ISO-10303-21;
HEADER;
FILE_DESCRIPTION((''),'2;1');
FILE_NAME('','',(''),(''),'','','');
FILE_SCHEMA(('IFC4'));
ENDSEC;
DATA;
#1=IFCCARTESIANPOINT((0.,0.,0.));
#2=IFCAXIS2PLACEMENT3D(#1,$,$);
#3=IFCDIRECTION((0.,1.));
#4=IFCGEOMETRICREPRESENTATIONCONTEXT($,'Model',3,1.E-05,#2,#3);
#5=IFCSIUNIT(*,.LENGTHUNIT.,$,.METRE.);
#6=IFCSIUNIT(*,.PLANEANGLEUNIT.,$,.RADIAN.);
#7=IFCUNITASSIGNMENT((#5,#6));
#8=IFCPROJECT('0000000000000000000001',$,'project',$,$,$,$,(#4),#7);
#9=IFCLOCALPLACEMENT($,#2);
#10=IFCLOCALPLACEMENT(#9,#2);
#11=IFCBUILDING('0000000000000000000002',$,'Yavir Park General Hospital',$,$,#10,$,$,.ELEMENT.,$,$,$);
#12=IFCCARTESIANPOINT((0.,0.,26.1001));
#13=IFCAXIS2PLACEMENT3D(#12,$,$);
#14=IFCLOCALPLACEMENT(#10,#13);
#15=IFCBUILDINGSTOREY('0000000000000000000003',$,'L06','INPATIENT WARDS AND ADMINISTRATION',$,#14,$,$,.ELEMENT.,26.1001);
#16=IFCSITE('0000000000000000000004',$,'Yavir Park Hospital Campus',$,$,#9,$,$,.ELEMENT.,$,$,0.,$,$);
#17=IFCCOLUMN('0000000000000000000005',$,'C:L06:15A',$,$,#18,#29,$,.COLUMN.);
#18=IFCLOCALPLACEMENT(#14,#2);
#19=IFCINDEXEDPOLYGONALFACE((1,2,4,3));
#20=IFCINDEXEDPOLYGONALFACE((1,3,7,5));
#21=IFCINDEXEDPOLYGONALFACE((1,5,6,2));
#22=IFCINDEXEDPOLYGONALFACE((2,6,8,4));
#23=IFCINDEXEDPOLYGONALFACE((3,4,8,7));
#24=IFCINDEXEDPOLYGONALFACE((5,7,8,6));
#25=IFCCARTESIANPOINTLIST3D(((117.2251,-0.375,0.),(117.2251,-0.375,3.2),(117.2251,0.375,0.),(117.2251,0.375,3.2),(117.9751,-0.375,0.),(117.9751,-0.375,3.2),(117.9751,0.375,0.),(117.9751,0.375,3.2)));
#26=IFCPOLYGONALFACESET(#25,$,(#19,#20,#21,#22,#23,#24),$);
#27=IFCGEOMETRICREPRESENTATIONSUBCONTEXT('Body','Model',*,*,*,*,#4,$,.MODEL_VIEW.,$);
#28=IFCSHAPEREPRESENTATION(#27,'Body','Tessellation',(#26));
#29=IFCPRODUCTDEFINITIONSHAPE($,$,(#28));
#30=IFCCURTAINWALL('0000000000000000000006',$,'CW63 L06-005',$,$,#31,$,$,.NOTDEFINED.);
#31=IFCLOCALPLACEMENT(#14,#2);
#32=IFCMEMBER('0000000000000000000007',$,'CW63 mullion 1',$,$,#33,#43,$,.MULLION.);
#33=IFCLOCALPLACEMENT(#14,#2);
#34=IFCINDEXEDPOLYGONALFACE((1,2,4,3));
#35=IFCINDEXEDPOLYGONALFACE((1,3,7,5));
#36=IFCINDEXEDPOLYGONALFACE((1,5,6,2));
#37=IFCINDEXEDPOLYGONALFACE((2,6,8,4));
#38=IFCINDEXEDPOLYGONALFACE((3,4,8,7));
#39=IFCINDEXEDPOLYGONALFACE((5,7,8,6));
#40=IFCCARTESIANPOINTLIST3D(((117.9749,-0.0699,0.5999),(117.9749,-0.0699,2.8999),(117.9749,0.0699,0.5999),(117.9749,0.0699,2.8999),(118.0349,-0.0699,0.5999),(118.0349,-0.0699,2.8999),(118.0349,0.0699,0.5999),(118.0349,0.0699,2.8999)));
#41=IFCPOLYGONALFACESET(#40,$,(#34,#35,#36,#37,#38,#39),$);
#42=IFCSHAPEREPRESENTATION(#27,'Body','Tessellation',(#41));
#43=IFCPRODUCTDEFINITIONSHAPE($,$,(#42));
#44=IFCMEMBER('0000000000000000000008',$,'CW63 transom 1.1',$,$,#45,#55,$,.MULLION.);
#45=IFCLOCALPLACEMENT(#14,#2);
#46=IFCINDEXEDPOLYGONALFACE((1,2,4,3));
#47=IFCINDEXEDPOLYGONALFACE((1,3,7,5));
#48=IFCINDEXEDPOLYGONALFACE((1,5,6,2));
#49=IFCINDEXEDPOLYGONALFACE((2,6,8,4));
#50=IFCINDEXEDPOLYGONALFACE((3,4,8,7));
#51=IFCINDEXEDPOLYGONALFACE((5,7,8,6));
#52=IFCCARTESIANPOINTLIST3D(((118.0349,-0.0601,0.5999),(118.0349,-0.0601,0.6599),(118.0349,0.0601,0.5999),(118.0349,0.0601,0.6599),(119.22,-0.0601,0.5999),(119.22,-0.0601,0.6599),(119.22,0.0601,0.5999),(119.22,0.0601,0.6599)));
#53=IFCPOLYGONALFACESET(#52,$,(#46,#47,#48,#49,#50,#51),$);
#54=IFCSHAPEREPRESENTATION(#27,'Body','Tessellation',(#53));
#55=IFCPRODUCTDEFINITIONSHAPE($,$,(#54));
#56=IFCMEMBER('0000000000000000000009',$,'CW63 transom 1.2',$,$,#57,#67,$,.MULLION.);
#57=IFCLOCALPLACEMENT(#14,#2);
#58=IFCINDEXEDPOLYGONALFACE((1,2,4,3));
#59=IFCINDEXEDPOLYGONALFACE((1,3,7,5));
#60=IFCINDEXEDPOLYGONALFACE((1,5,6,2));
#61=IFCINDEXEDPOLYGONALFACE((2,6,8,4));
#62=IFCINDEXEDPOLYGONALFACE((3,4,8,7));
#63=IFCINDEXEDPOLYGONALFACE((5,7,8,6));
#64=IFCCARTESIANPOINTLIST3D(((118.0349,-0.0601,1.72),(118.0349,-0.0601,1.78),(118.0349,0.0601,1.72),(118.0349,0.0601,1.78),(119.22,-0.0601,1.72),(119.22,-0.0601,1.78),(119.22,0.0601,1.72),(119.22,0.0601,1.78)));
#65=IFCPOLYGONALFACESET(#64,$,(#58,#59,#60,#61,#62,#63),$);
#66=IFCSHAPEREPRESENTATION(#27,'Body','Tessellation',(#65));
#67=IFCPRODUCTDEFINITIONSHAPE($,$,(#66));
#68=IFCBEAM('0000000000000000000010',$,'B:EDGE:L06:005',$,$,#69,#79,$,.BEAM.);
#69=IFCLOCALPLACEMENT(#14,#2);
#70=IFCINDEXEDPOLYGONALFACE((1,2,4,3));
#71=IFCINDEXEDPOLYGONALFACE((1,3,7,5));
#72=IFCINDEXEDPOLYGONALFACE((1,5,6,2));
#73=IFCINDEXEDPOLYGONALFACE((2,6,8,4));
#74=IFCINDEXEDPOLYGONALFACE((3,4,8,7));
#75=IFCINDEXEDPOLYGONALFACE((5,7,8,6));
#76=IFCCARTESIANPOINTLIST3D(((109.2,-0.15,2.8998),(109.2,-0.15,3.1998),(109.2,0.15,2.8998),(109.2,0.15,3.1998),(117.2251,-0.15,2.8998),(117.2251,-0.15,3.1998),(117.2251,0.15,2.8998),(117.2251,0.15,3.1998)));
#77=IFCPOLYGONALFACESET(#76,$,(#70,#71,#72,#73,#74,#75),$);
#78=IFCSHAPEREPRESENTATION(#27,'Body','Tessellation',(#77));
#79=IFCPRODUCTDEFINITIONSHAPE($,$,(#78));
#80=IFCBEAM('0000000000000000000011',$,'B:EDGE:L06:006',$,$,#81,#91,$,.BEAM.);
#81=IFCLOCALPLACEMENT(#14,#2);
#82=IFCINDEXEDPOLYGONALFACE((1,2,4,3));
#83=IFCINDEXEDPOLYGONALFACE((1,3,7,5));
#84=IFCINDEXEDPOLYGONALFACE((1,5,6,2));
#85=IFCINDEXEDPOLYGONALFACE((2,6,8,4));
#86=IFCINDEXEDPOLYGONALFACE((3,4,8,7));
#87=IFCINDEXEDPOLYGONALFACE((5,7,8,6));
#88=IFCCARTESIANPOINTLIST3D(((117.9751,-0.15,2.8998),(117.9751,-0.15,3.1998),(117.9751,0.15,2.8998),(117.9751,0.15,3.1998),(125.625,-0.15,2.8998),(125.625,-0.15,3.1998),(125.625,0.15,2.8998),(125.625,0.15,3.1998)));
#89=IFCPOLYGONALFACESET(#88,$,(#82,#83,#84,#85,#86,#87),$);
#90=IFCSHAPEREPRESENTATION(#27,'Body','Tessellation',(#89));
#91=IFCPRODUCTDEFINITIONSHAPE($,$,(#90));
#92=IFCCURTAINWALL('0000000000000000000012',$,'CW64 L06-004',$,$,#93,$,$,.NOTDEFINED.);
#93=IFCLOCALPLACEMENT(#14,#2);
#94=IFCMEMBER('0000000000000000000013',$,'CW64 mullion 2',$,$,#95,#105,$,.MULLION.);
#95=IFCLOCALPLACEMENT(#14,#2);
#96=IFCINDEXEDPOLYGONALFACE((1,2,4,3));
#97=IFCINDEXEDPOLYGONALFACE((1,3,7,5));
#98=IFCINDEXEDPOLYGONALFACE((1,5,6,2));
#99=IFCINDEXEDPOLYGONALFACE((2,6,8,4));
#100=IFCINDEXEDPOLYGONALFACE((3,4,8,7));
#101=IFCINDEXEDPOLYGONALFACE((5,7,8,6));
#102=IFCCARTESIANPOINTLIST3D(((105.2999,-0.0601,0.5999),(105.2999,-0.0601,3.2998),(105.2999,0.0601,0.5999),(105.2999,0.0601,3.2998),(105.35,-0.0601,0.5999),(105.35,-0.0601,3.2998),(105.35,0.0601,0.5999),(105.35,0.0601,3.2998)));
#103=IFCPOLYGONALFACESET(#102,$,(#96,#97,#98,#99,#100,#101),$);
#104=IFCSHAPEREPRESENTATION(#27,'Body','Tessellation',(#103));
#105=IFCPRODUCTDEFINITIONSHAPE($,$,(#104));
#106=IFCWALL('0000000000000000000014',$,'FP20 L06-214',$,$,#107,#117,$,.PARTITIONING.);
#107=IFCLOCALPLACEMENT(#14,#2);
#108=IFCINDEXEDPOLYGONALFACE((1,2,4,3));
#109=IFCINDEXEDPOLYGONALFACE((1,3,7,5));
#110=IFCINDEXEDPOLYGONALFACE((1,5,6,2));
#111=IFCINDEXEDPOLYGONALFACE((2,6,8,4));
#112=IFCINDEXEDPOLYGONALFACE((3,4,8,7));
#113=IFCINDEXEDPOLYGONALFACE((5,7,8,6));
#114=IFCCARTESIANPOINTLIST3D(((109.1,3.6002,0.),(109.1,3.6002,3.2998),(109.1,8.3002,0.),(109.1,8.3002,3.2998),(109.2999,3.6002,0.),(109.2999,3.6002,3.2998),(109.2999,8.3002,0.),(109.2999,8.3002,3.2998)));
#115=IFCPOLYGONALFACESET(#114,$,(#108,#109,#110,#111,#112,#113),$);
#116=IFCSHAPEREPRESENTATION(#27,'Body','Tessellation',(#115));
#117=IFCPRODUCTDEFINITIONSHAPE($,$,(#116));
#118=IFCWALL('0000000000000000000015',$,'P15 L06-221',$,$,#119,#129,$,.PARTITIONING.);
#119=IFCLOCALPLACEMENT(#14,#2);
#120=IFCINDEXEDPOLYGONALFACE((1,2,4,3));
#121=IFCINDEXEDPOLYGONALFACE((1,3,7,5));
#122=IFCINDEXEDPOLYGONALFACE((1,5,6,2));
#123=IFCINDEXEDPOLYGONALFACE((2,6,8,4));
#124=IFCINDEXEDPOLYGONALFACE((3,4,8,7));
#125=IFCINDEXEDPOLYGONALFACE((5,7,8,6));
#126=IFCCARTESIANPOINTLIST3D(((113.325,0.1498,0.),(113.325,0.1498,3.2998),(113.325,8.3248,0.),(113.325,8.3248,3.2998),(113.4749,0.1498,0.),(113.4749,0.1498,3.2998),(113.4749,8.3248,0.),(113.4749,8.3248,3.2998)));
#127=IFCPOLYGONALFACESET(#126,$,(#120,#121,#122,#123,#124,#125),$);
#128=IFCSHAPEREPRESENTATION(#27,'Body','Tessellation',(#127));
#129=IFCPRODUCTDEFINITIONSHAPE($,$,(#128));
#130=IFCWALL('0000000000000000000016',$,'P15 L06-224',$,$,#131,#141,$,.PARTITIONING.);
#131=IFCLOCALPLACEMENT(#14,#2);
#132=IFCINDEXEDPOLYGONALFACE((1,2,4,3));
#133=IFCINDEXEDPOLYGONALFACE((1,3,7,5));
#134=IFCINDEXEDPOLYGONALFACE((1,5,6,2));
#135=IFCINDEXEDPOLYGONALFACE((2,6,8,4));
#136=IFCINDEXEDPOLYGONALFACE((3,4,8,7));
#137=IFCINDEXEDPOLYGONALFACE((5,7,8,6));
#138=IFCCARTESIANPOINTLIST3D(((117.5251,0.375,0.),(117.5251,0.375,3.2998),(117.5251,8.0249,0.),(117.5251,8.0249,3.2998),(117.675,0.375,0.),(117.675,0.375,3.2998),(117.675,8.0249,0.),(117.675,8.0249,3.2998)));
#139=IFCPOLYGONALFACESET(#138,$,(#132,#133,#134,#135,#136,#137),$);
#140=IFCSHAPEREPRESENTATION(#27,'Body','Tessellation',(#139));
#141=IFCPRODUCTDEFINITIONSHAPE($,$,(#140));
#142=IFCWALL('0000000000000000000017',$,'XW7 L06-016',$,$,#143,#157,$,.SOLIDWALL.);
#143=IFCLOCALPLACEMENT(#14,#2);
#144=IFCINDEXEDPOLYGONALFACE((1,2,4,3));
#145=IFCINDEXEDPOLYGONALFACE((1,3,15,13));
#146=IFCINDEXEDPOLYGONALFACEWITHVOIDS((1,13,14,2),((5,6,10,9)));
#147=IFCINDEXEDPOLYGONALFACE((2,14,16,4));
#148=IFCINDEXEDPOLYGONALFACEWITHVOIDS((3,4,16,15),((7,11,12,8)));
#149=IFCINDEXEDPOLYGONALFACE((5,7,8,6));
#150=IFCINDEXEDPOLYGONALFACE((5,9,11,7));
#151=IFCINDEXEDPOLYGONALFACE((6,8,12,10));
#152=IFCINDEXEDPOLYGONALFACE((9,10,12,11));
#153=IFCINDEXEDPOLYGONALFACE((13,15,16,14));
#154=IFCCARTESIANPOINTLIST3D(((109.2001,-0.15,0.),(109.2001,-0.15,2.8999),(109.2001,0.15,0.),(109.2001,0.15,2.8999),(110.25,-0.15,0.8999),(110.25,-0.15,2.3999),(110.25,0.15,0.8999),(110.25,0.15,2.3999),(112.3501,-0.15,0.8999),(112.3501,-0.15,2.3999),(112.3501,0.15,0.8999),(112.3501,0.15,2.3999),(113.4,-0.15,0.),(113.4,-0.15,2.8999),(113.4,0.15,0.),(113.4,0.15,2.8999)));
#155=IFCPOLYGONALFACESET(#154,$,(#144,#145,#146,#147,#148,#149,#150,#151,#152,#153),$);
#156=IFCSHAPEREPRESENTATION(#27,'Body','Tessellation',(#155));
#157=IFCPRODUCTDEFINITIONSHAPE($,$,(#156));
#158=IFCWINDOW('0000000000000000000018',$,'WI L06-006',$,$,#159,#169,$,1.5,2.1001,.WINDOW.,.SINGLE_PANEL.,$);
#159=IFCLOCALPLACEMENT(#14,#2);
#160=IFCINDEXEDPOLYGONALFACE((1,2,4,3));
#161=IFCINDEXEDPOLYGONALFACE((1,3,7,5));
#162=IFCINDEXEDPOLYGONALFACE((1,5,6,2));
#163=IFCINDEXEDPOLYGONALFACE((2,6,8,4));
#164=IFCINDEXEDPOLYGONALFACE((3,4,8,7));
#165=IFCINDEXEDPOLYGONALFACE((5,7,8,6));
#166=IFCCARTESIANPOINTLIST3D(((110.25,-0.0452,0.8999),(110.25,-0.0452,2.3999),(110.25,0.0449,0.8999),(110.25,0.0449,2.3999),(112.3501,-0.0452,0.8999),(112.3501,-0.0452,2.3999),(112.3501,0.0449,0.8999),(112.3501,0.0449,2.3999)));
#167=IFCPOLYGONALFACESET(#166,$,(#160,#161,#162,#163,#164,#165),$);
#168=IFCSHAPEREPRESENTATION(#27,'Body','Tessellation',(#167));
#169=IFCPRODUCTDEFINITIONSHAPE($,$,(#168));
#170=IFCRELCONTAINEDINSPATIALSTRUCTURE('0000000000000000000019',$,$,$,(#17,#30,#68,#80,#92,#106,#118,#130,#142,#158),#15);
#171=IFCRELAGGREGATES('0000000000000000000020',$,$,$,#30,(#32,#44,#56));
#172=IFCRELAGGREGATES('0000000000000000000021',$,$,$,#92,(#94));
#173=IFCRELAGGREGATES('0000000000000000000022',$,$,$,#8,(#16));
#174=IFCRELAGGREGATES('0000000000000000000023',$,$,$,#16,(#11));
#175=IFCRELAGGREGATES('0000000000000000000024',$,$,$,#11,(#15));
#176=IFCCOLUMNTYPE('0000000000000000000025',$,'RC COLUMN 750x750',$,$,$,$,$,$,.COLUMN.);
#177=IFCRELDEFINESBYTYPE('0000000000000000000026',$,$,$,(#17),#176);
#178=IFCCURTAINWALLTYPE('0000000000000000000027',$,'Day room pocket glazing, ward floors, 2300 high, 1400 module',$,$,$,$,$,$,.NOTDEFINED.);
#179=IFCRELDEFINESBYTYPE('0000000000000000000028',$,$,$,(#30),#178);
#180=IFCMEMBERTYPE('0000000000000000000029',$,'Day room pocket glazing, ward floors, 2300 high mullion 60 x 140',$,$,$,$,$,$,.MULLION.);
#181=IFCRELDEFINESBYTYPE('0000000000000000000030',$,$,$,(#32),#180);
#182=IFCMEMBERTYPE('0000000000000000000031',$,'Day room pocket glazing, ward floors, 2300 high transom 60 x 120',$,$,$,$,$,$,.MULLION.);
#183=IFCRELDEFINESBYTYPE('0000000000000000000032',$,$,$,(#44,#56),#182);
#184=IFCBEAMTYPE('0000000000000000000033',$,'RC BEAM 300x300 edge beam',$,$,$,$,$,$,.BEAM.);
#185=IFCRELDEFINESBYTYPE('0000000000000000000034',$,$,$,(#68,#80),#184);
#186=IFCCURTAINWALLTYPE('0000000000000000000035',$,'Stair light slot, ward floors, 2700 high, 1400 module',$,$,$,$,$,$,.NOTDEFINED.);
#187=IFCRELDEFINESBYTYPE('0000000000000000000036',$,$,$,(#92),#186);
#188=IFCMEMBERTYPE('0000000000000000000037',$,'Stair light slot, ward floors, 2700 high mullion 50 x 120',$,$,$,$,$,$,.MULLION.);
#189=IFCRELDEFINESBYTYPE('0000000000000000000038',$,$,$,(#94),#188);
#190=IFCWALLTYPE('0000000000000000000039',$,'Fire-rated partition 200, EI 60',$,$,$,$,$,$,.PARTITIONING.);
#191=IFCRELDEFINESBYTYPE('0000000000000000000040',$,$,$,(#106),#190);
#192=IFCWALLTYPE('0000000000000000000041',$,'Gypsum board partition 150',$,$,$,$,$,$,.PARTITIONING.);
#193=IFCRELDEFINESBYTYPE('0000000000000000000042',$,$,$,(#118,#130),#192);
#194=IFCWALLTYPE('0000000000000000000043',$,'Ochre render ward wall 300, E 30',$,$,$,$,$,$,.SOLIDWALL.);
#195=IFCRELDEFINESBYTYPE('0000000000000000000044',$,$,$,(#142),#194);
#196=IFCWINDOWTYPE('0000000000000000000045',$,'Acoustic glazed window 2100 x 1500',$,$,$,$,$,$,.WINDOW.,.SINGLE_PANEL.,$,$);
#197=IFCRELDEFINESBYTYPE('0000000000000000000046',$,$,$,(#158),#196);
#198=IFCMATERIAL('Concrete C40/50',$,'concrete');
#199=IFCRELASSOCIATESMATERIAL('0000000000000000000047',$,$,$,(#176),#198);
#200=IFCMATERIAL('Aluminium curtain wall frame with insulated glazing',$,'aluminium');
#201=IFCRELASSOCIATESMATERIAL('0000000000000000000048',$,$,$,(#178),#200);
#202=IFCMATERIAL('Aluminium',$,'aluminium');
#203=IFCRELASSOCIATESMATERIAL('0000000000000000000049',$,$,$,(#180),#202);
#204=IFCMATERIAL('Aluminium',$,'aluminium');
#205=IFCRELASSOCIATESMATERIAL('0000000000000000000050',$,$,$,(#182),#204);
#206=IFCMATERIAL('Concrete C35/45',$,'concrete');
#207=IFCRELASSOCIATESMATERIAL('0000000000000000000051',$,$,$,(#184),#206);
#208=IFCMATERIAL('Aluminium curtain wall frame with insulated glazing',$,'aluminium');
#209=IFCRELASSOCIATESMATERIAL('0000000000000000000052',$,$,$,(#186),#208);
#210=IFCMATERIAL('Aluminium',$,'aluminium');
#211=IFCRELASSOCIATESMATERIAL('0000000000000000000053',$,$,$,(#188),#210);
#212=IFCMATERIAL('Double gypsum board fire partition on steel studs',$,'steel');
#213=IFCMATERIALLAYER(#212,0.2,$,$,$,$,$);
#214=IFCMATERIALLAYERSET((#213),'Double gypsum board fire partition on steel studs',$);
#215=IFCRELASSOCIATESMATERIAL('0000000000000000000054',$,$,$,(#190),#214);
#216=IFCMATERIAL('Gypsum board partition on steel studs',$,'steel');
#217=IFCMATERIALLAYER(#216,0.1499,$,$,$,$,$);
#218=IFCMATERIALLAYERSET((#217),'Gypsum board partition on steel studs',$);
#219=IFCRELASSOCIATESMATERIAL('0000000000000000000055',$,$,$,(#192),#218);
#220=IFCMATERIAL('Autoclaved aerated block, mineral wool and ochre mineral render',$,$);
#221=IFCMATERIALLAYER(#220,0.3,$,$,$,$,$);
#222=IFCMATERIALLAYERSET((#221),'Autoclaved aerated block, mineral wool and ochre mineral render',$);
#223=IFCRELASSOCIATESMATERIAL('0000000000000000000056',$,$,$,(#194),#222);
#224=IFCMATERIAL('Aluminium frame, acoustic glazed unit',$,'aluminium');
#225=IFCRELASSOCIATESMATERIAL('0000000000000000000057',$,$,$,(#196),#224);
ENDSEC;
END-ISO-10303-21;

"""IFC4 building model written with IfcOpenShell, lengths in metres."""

from ifc_helpers import new_model, si_unit, direction, frame, frame_2d, origin, origin_2d, place, context, subcontext, project, spatial, rectangle, extrude, material, layer, layer_set, material_profile, profile_set, type_object, element, fill, aggregate, save


model = new_model("IFC4")

# Units and contexts
model_context = context("Model", 3, precision=1e-05, world=origin(), true_north=direction((0.0, 1.0)))
body_context = subcontext(model_context, "Body", "Model", "MODEL_VIEW")
ifc_project = project(units=[si_unit("LENGTHUNIT", "METRE"), si_unit("PLANEANGLEUNIT", "RADIAN")], contexts=[model_context])

# Site, building, storey
site_placement = place(None, origin())
site = spatial("IfcSite", under=ifc_project, at=site_placement, Name="Yavir Park Hospital Campus", CompositionType="ELEMENT", RefElevation=0.0)
building_placement = place(site_placement, origin())
building = spatial("IfcBuilding", under=site, at=building_placement, Name="Yavir Park General Hospital", CompositionType="ELEMENT")
storey_placement = place(building_placement, frame((0.0, 0.0, 26.1001)))
storey = spatial("IfcBuildingStorey", under=building, at=storey_placement, Name="L06", Description="INPATIENT WARDS AND ADMINISTRATION", CompositionType="ELEMENT", Elevation=26.1001)

# Column
ifc_material_1 = material(Name="Concrete C40/50", Category="concrete")
ifc_material_profile_1 = material_profile(ifc_material_1, rectangle(XDim=0.75, YDim=0.75, at=origin_2d()), Name="RC750x750")
ifc_profile_set_1 = profile_set([ifc_material_profile_1], Name="Concrete C40/50")
column_type = type_object("IfcColumnType", Name="RC COLUMN 750x750", PredefinedType="COLUMN", material=ifc_profile_set_1)
column_placement = place(storey_placement, frame((117.6001, 0.0, 0.0), z_axis=(0.0, 0.0, 1.0), x_axis=(1.0, 0.0, 0.0)))
element("IfcColumn", 1, at=column_placement, inside=storey, type_object=column_type, Name="C:L06:15A", PredefinedType="COLUMN", context=body_context, shape_type="SweptSolid", body=[
    extrude(rectangle(XDim=0.75, YDim=0.75, at=origin_2d()), origin(), (0.0, 0.0, 1.0), 3.2),
])

# Curtain wall, members
ifc_material_2 = material(Name="Aluminium curtain wall frame with insulated glazing", Category="aluminium")
curtain_wall_type_1 = type_object("IfcCurtainWallType", Name="Day room pocket glazing, ward floors, 2300 high, 1400 module", PredefinedType="NOTDEFINED", material=ifc_material_2)
curtain_wall_1_placement = place(storey_placement, origin())
curtain_wall_1 = element("IfcCurtainWall", 2, at=curtain_wall_1_placement, inside=storey, type_object=curtain_wall_type_1, Name="CW63 L06-005", PredefinedType="NOTDEFINED")
ifc_material_3 = material(Name="Aluminium", Category="aluminium")
ifc_material_profile_2 = material_profile(ifc_material_3, rectangle(XDim=0.1399, YDim=0.0601, at=origin_2d()), Name="AL 60x140")
ifc_profile_set_2 = profile_set([ifc_material_profile_2], Name="Aluminium")
member_type_1 = type_object("IfcMemberType", Name="Day room pocket glazing, ward floors, 2300 high mullion 60 x 140", PredefinedType="MULLION", material=ifc_profile_set_2)
member_1_placement = place(storey_placement, frame((118.0049, 0.0, 0.5999), z_axis=(0.0, 0.0, 1.0), x_axis=(0.0, 1.0, 0.0)))
member_1 = element("IfcMember", 3, at=member_1_placement, type_object=member_type_1, Name="CW63 mullion 1", PredefinedType="MULLION", context=body_context, shape_type="SweptSolid", body=[
    extrude(rectangle(XDim=0.1399, YDim=0.0601, at=origin_2d()), origin(), (0.0, 0.0, 1.0), 2.3),
])
ifc_material_4 = material(Name="Aluminium", Category="aluminium")
ifc_material_profile_3 = material_profile(ifc_material_4, rectangle(XDim=0.1201, YDim=0.0601, at=origin_2d()), Name="AL 120x60")
ifc_profile_set_3 = profile_set([ifc_material_profile_3], Name="Aluminium")
member_type_2 = type_object("IfcMemberType", Name="Day room pocket glazing, ward floors, 2300 high transom 60 x 120", PredefinedType="MULLION", material=ifc_profile_set_3)
member_2_placement = place(storey_placement, frame((118.0349, 0.0, 0.6299), z_axis=(1.0, 0.0, 0.0), x_axis=(0.0, 1.0, 0.0)))
member_2 = element("IfcMember", 4, at=member_2_placement, type_object=member_type_2, Name="CW63 transom 1.1", PredefinedType="MULLION", context=body_context, shape_type="SweptSolid", body=[
    extrude(rectangle(XDim=0.1201, YDim=0.0601, at=origin_2d()), origin(), (0.0, 0.0, 1.0), 1.1851),
])
member_3_placement = place(storey_placement, frame((118.0349, 0.0, 1.75), z_axis=(1.0, 0.0, 0.0), x_axis=(0.0, 1.0, 0.0)))
member_3 = element("IfcMember", 5, at=member_3_placement, type_object=member_type_2, Name="CW63 transom 1.2", PredefinedType="MULLION", context=body_context, shape_type="SweptSolid", body=[
    extrude(rectangle(XDim=0.1201, YDim=0.0601, at=origin_2d()), origin(), (0.0, 0.0, 1.0), 1.1851),
])
aggregate(curtain_wall_1, [member_1, member_2, member_3])

# Beams
ifc_material_5 = material(Name="Concrete C35/45", Category="concrete")
ifc_material_profile_4 = material_profile(ifc_material_5, rectangle(XDim=0.3, YDim=0.3, at=origin_2d()), Name="RC300x300")
ifc_profile_set_4 = profile_set([ifc_material_profile_4], Name="Concrete C35/45")
beam_type = type_object("IfcBeamType", Name="RC BEAM 300x300 edge beam", PredefinedType="BEAM", material=ifc_profile_set_4)
beam_1_placement = place(storey_placement, frame((109.2, 0.0, 3.0498), z_axis=(1.0, 0.0, 0.0), x_axis=(0.0, 1.0, 0.0)))
element("IfcBeam", 6, at=beam_1_placement, inside=storey, type_object=beam_type, Name="B:EDGE:L06:005", PredefinedType="BEAM", context=body_context, shape_type="SweptSolid", body=[
    extrude(rectangle(XDim=0.3, YDim=0.3, at=origin_2d()), origin(), (0.0, 0.0, 1.0), 8.0251),
])
beam_2_placement = place(storey_placement, frame((117.9751, 0.0, 3.0498), z_axis=(1.0, 0.0, 0.0), x_axis=(0.0, 1.0, 0.0)))
element("IfcBeam", 7, at=beam_2_placement, inside=storey, type_object=beam_type, Name="B:EDGE:L06:006", PredefinedType="BEAM", context=body_context, shape_type="SweptSolid", body=[
    extrude(rectangle(XDim=0.3, YDim=0.3, at=origin_2d()), origin(), (0.0, 0.0, 1.0), 7.6499),
])

# Curtain wall, member
ifc_material_6 = material(Name="Aluminium curtain wall frame with insulated glazing", Category="aluminium")
curtain_wall_type_2 = type_object("IfcCurtainWallType", Name="Stair light slot, ward floors, 2700 high, 1400 module", PredefinedType="NOTDEFINED", material=ifc_material_6)
curtain_wall_2_placement = place(storey_placement, origin())
curtain_wall_2 = element("IfcCurtainWall", 8, at=curtain_wall_2_placement, inside=storey, type_object=curtain_wall_type_2, Name="CW64 L06-004", PredefinedType="NOTDEFINED")
ifc_material_7 = material(Name="Aluminium", Category="aluminium")
ifc_material_profile_5 = material_profile(ifc_material_7, rectangle(XDim=0.1201, YDim=0.05, at=origin_2d()), Name="AL 50x120")
ifc_profile_set_5 = profile_set([ifc_material_profile_5], Name="Aluminium")
member_type_3 = type_object("IfcMemberType", Name="Stair light slot, ward floors, 2700 high mullion 50 x 120", PredefinedType="MULLION", material=ifc_profile_set_5)
member_4_placement = place(storey_placement, frame((105.325, 0.0, 0.5999), z_axis=(0.0, 0.0, 1.0), x_axis=(0.0, 1.0, 0.0)))
member_4 = element("IfcMember", 9, at=member_4_placement, type_object=member_type_3, Name="CW64 mullion 2", PredefinedType="MULLION", context=body_context, shape_type="SweptSolid", body=[
    extrude(rectangle(XDim=0.1201, YDim=0.05, at=origin_2d()), origin(), (0.0, 0.0, 1.0), 2.7),
])
aggregate(curtain_wall_2, [member_4])

# Walls
ifc_material_8 = material(Name="Double gypsum board fire partition on steel studs", Category="steel")
ifc_layer_1 = layer(ifc_material_8, 0.2)
ifc_layer_set_1 = layer_set([ifc_layer_1], Name="Double gypsum board fire partition on steel studs")
wall_type_1 = type_object("IfcWallType", Name="Fire-rated partition 200, EI 60", PredefinedType="PARTITIONING", material=ifc_layer_set_1)
wall_1_placement = place(storey_placement, frame((109.2, 3.6001, 0.0), z_axis=(0.0, 0.0, 1.0), x_axis=(0.0, 1.0, 0.0)))
element("IfcWall", 10, at=wall_1_placement, inside=storey, type_object=wall_type_1, Name="FP20 L06-214", PredefinedType="PARTITIONING", context=body_context, shape_type="SweptSolid", body=[
    extrude(rectangle(XDim=4.7, YDim=0.2, at=frame_2d((2.3501, 0.0))), origin(), (0.0, 0.0, 1.0), 3.2998),
])
ifc_material_9 = material(Name="Gypsum board partition on steel studs", Category="steel")
ifc_layer_2 = layer(ifc_material_9, 0.1499)
ifc_layer_set_2 = layer_set([ifc_layer_2], Name="Gypsum board partition on steel studs")
wall_type_2 = type_object("IfcWallType", Name="Gypsum board partition 150", PredefinedType="PARTITIONING", material=ifc_layer_set_2)
wall_2_placement = place(storey_placement, frame((113.3999, 0.1499, 0.0), z_axis=(0.0, 0.0, 1.0), x_axis=(0.0, 1.0, 0.0)))
element("IfcWall", 11, at=wall_2_placement, inside=storey, type_object=wall_type_2, Name="P15 L06-221", PredefinedType="PARTITIONING", context=body_context, shape_type="SweptSolid", body=[
    extrude(rectangle(XDim=8.175, YDim=0.1499, at=frame_2d((4.0874, 0.0))), origin(), (0.0, 0.0, 1.0), 3.2998),
])
wall_3_placement = place(storey_placement, frame((117.6001, 0.375, 0.0), z_axis=(0.0, 0.0, 1.0), x_axis=(0.0, 1.0, 0.0)))
element("IfcWall", 12, at=wall_3_placement, inside=storey, type_object=wall_type_2, Name="P15 L06-224", PredefinedType="PARTITIONING", context=body_context, shape_type="SweptSolid", body=[
    extrude(rectangle(XDim=7.6499, YDim=0.1499, at=frame_2d((3.825, 0.0))), origin(), (0.0, 0.0, 1.0), 3.2998),
])

# Wall, opening, window
ifc_material_10 = material(Name="Autoclaved aerated block, mineral wool and ochre mineral render")
ifc_layer_3 = layer(ifc_material_10, 0.3)
ifc_layer_set_3 = layer_set([ifc_layer_3], Name="Autoclaved aerated block, mineral wool and ochre mineral render")
wall_type_3 = type_object("IfcWallType", Name="Ochre render ward wall 300, E 30", PredefinedType="SOLIDWALL", material=ifc_layer_set_3)
wall_4_placement = place(storey_placement, frame((109.2, 0.0, 0.0), z_axis=(0.0, 0.0, 1.0), x_axis=(1.0, 0.0, 0.0)))
wall_4 = element("IfcWall", 13, at=wall_4_placement, inside=storey, type_object=wall_type_3, Name="XW7 L06-016", PredefinedType="SOLIDWALL", context=body_context, shape_type="SweptSolid", body=[
    extrude(rectangle(XDim=4.2, YDim=0.3, at=frame_2d((2.1001, 0.0))), origin(), (0.0, 0.0, 1.0), 2.8999),
])
opening_1_placement = place(wall_4_placement, frame((1.05, 0.0, 0.8999)))
opening_1 = element("IfcOpeningElement", 14, at=opening_1_placement, cuts=wall_4, PredefinedType="OPENING", context=body_context, shape_type="SweptSolid", body=[
    extrude(rectangle(XDim=2.1001, YDim=1.5, at=frame_2d((1.05, 0.75))), frame((0.0, 0.1599, 0.0), z_axis=(0.0, -1.0, 0.0), x_axis=(1.0, 0.0, 0.0)), (0.0, 0.0, 1.0), 0.3201),
])
ifc_material_11 = material(Name="Aluminium frame, acoustic glazed unit", Category="aluminium")
window_type_1 = type_object("IfcWindowType", Name="Acoustic glazed window 2100 x 1500", PartitioningType="SINGLE_PANEL", PredefinedType="WINDOW", material=ifc_material_11)
window_1_placement = place(opening_1_placement, origin())
window_1 = element("IfcWindow", 15, at=window_1_placement, inside=storey, type_object=window_type_1, Name="WI L06-006", OverallHeight=1.5, OverallWidth=2.1001, PartitioningType="SINGLE_PANEL", PredefinedType="WINDOW", context=body_context, shape_type="SweptSolid", body=[
    extrude(rectangle(XDim=2.1001, YDim=1.5, at=frame_2d((1.05, 0.75))), frame((0.0, 0.0449, 0.0), z_axis=(0.0, -1.0, 0.0), x_axis=(1.0, 0.0, 0.0)), (0.0, 0.0, 1.0), 0.0901),
])
fill(opening_1, window_1)

save(model, "model.ifc")
